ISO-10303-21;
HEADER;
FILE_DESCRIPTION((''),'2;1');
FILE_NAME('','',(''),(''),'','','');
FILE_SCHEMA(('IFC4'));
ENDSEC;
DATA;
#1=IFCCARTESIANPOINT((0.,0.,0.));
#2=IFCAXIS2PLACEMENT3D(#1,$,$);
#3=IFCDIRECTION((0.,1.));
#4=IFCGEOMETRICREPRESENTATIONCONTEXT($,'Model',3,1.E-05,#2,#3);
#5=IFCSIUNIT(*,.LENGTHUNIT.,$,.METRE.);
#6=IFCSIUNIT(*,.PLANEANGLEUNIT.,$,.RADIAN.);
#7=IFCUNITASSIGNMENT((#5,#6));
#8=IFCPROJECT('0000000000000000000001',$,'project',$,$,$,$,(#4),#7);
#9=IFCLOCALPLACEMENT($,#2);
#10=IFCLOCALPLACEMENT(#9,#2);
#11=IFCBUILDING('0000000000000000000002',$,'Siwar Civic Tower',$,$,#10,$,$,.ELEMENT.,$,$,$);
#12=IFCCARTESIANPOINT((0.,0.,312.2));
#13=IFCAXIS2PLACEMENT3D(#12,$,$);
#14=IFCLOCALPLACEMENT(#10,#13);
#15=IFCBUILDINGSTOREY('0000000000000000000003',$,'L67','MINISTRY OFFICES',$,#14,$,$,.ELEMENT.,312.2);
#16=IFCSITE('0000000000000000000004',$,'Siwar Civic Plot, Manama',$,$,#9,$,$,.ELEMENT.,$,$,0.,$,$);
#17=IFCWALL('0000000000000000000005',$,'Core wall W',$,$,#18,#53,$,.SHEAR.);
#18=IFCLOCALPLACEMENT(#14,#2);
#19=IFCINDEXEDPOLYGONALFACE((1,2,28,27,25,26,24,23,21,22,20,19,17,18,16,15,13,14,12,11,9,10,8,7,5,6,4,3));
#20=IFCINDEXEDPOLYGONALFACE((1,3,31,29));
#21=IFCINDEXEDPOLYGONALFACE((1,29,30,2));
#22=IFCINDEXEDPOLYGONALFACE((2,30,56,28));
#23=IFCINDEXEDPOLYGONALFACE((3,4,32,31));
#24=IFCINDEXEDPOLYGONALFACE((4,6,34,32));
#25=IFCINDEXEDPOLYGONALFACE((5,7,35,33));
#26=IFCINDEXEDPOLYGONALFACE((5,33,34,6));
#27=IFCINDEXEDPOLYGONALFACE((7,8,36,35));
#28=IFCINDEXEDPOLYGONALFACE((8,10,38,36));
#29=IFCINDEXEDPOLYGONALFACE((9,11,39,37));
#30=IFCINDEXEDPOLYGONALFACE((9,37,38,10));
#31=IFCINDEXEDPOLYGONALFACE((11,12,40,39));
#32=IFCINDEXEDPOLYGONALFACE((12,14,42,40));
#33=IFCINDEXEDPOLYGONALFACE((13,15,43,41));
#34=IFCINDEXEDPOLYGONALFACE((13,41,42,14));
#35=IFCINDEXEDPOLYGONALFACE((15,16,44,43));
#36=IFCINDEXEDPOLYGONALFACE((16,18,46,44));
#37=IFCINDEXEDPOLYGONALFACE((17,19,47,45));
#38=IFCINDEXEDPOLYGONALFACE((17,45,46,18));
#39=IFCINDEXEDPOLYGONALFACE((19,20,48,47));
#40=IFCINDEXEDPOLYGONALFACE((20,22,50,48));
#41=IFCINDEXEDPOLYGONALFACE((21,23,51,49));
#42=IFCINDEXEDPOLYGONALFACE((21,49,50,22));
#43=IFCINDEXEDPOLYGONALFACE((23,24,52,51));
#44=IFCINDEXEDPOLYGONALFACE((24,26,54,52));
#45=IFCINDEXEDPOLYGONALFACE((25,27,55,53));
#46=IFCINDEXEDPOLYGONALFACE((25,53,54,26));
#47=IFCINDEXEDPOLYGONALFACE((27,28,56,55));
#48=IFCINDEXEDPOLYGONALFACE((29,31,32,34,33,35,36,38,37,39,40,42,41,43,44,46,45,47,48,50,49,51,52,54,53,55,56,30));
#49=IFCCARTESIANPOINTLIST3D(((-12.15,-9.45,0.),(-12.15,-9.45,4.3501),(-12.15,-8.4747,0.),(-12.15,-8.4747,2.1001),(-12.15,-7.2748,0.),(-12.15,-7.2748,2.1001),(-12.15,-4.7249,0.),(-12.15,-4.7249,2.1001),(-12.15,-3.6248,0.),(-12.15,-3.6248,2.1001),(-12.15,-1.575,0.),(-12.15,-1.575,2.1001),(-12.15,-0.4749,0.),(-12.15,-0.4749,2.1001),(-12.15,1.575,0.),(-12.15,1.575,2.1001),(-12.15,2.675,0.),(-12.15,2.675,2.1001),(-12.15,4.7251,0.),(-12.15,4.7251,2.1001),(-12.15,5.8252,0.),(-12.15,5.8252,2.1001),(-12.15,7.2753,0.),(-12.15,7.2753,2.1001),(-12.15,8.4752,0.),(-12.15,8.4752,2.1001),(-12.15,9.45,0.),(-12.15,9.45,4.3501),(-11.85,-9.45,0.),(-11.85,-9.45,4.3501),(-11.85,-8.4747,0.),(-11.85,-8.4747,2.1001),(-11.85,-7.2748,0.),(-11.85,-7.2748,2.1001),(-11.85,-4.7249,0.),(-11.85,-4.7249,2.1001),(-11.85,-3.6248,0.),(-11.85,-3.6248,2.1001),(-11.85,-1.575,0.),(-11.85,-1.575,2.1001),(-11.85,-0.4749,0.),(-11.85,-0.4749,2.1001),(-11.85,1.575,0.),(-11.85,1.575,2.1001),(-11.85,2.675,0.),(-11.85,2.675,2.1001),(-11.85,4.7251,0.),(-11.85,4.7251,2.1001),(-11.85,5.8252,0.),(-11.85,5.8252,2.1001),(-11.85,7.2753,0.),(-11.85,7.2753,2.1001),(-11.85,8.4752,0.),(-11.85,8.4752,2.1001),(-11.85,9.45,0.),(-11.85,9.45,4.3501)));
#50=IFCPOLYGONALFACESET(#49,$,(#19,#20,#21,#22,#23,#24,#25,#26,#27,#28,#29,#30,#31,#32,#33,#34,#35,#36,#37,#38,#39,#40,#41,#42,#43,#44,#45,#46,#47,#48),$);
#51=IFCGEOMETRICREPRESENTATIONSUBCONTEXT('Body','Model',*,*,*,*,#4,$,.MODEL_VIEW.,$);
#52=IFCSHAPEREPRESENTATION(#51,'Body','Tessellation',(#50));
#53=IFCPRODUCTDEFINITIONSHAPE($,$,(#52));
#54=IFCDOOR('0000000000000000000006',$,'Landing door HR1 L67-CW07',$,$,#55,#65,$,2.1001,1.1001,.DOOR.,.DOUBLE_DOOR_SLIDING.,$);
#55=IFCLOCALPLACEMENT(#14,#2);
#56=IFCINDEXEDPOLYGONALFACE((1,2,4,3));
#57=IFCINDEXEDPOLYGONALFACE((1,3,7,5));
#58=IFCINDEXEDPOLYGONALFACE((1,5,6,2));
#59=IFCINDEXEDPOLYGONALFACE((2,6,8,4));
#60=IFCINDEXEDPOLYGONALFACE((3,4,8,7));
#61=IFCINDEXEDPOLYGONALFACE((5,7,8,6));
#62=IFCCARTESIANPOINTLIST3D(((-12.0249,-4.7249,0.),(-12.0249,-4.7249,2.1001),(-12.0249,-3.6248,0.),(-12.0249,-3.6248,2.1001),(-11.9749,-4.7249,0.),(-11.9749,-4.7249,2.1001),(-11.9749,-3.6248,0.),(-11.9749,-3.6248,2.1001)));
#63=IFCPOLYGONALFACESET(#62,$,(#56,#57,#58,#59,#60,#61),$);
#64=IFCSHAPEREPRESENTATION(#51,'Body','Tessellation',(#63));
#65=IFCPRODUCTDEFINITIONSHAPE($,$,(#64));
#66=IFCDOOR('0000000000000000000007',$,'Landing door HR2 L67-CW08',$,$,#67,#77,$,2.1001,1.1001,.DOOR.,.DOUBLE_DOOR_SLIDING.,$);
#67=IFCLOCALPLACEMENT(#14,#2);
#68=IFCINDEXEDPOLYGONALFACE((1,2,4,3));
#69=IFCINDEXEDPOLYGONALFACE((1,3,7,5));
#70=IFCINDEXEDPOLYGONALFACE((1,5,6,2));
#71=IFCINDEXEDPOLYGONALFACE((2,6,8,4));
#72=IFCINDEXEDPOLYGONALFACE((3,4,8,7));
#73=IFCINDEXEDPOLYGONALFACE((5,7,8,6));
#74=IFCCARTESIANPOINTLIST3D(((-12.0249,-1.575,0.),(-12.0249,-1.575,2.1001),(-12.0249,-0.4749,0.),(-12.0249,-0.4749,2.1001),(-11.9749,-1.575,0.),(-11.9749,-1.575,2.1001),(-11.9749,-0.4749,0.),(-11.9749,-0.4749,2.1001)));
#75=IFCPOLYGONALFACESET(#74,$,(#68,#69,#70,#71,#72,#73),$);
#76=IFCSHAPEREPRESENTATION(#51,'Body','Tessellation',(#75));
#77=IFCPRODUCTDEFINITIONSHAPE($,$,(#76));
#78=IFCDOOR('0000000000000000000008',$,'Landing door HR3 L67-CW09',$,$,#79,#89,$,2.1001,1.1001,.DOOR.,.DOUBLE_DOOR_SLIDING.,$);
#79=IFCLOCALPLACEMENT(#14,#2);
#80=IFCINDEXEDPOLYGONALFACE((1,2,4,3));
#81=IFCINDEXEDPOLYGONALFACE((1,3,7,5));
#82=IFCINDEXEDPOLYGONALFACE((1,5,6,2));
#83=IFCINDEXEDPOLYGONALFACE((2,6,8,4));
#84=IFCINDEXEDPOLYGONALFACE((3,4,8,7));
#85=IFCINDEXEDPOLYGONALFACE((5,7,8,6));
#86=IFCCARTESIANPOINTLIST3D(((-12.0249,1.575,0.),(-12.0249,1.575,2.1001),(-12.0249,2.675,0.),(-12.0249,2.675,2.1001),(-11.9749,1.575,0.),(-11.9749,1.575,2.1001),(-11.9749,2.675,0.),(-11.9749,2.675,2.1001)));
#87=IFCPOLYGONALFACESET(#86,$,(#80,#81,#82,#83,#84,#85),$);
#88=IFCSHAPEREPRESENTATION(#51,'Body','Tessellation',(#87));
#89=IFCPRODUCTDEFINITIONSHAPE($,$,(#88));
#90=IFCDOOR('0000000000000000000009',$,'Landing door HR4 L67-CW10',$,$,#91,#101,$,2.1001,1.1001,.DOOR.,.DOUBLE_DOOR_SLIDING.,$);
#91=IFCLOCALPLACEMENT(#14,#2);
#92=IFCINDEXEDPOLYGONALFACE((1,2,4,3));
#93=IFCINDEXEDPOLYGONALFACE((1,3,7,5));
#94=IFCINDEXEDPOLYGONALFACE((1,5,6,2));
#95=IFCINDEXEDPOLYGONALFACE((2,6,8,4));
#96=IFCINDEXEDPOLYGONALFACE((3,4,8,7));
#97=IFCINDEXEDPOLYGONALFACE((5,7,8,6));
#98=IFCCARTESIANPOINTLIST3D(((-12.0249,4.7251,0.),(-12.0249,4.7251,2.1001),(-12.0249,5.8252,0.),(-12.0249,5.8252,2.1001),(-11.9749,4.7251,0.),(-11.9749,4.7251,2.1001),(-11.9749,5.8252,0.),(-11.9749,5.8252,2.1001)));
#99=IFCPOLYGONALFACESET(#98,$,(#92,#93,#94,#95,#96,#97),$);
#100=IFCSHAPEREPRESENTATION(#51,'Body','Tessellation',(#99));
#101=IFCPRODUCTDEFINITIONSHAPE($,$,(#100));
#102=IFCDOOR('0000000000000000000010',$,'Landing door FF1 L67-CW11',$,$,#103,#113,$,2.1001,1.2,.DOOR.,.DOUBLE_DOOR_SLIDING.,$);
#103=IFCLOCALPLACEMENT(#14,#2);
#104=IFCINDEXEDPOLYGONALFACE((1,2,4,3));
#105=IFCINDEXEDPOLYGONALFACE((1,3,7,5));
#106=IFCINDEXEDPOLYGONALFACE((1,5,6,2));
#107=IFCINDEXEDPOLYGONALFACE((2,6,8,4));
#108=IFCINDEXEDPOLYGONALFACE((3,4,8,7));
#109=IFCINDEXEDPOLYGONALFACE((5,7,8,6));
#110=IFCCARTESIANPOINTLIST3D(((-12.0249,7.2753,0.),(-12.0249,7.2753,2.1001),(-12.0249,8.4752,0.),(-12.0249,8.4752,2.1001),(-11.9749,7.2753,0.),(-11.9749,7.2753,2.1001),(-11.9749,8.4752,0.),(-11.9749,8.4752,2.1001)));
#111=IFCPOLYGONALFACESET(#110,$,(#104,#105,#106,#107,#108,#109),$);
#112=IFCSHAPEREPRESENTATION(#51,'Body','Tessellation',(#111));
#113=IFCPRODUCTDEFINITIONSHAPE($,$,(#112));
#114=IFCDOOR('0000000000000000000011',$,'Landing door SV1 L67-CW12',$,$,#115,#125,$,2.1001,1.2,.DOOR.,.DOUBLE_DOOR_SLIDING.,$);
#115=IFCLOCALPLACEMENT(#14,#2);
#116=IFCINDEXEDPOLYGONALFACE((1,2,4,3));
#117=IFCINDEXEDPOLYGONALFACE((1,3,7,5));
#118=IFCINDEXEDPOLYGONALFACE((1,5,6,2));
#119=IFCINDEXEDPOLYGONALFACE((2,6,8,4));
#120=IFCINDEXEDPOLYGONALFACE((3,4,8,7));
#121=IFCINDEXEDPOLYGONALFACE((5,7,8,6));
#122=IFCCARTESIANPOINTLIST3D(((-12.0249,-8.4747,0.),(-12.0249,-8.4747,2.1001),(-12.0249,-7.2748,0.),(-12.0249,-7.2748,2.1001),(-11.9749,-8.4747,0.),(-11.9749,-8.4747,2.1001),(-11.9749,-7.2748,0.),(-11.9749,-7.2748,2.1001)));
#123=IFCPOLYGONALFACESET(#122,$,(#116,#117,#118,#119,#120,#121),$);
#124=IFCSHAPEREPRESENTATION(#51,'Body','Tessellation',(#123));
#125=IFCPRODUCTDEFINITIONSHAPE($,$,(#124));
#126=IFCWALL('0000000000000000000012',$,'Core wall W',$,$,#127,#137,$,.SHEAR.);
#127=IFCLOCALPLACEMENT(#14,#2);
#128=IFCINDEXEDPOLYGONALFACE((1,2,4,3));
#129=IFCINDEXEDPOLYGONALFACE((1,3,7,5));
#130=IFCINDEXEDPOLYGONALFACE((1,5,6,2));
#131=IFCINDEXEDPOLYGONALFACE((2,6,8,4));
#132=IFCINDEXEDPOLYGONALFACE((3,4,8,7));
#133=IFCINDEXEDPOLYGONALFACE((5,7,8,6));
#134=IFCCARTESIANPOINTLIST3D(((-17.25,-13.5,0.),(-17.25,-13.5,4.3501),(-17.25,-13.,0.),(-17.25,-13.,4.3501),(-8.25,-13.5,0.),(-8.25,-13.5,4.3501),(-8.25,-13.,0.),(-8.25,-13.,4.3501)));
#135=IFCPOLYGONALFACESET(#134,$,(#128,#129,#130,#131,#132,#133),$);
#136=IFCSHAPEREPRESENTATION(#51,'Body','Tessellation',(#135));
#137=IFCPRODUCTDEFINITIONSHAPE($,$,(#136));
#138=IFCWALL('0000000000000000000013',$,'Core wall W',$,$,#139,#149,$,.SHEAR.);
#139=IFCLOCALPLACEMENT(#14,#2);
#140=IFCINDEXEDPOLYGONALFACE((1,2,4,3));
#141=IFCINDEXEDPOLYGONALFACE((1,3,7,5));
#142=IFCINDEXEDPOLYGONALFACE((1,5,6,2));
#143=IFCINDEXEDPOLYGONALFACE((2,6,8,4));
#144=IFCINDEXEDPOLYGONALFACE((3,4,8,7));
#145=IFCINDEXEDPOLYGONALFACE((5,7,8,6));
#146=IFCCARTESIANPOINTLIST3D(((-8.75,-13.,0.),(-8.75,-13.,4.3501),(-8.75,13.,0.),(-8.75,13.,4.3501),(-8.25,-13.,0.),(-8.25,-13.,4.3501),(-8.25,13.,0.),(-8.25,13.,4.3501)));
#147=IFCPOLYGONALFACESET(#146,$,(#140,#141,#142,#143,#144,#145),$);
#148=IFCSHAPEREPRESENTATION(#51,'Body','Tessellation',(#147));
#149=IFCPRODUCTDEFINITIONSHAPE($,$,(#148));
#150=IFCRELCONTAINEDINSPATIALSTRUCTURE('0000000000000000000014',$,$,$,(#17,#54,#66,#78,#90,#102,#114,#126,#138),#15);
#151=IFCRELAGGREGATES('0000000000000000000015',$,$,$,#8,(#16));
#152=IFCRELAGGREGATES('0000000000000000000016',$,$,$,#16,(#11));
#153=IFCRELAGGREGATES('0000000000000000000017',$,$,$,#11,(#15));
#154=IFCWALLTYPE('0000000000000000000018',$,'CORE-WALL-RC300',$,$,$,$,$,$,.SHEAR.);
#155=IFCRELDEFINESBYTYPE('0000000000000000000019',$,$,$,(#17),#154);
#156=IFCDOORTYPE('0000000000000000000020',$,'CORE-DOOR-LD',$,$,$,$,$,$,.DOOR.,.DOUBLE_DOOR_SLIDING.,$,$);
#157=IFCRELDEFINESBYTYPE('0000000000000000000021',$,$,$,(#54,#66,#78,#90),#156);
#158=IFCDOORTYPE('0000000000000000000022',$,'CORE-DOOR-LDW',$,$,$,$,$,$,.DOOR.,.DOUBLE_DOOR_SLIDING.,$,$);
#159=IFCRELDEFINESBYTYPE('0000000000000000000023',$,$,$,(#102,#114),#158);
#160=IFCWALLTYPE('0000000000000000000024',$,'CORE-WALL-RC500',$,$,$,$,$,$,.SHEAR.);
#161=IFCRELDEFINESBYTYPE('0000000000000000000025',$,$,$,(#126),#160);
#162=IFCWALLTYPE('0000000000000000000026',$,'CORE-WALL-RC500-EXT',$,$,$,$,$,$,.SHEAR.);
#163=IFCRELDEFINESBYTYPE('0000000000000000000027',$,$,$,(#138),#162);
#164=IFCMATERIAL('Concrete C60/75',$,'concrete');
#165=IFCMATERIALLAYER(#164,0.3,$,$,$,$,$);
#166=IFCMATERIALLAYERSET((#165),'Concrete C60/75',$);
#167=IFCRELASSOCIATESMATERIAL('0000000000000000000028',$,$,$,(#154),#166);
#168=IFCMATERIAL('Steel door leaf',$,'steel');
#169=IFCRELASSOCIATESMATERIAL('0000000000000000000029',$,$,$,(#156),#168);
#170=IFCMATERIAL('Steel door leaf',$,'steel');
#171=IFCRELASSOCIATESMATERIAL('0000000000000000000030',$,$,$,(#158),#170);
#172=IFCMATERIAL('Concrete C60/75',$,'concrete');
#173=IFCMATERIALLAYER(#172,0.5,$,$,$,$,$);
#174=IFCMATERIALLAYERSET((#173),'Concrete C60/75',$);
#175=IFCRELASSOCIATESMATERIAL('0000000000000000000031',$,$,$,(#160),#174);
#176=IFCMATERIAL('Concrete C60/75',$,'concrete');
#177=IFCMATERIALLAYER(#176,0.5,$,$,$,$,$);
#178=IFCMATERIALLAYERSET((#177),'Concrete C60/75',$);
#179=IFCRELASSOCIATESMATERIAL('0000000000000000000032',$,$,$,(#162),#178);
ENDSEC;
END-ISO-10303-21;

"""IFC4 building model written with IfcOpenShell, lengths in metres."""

from ifc_helpers import new_model, si_unit, direction, frame, frame_2d, origin, place, context, subcontext, project, spatial, rectangle, extrude, material, layer, layer_set, type_object, element, fill, save


model = new_model("IFC4")

# Units and contexts
model_context = context("Model", 3, precision=1e-05, world=origin(), true_north=direction((0.0, 1.0)))
body_context = subcontext(model_context, "Body", "Model", "MODEL_VIEW")
ifc_project = project(units=[si_unit("LENGTHUNIT", "METRE"), si_unit("PLANEANGLEUNIT", "RADIAN")], contexts=[model_context])

# Site, building, storey
site_placement = place(None, origin())
site = spatial("IfcSite", under=ifc_project, at=site_placement, Name="Siwar Civic Plot, Manama", CompositionType="ELEMENT", RefElevation=0.0)
building_placement = place(site_placement, origin())
building = spatial("IfcBuilding", under=site, at=building_placement, Name="Siwar Civic Tower", CompositionType="ELEMENT")
storey_placement = place(building_placement, frame((0.0, 0.0, 312.2)))
storey = spatial("IfcBuildingStorey", under=building, at=storey_placement, Name="L67", Description="MINISTRY OFFICES", CompositionType="ELEMENT", Elevation=312.2)

# Wall, openings, doors
ifc_material_1 = material(Name="Concrete C60/75", Category="concrete")
ifc_layer_1 = layer(ifc_material_1, 0.3)
ifc_layer_set_1 = layer_set([ifc_layer_1], Name="Concrete C60/75")
wall_type_1 = type_object("IfcWallType", Name="CORE-WALL-RC300", PredefinedType="SHEAR", material=ifc_layer_set_1)
wall_1_placement = place(storey_placement, frame((-12.0, -9.45, 0.0), z_axis=(0.0, 0.0, 1.0), x_axis=(0.0, 1.0, 0.0)))
wall_1 = element("IfcWall", 1, at=wall_1_placement, inside=storey, type_object=wall_type_1, Name="Core wall W", PredefinedType="SHEAR", context=body_context, shape_type="SweptSolid", body=[
    extrude(rectangle(XDim=18.8999, YDim=0.3, at=frame_2d((9.45, 0.0))), origin(), (0.0, 0.0, 1.0), 4.3501),
])
opening_1_placement = place(wall_1_placement, frame((4.7251, 0.0, 0.0)))
opening_1 = element("IfcOpeningElement", 2, at=opening_1_placement, cuts=wall_1, PredefinedType="OPENING", context=body_context, shape_type="SweptSolid", body=[
    extrude(rectangle(XDim=1.1001, YDim=2.1001, at=frame_2d((0.55, 1.05))), frame((0.0, 0.1602, 0.0), z_axis=(0.0, -1.0, 0.0), x_axis=(1.0, 0.0, 0.0)), (0.0, 0.0, 1.0), 0.3201),
])
opening_2_placement = place(wall_1_placement, frame((7.875, 0.0, 0.0)))
opening_2 = element("IfcOpeningElement", 3, at=opening_2_placement, cuts=wall_1, PredefinedType="OPENING", context=body_context, shape_type="SweptSolid", body=[
    extrude(rectangle(XDim=1.1001, YDim=2.1001, at=frame_2d((0.55, 1.05))), frame((0.0, 0.1602, 0.0), z_axis=(0.0, -1.0, 0.0), x_axis=(1.0, 0.0, 0.0)), (0.0, 0.0, 1.0), 0.3201),
])
opening_3_placement = place(wall_1_placement, frame((11.0249, 0.0, 0.0)))
opening_3 = element("IfcOpeningElement", 4, at=opening_3_placement, cuts=wall_1, PredefinedType="OPENING", context=body_context, shape_type="SweptSolid", body=[
    extrude(rectangle(XDim=1.1001, YDim=2.1001, at=frame_2d((0.55, 1.05))), frame((0.0, 0.1602, 0.0), z_axis=(0.0, -1.0, 0.0), x_axis=(1.0, 0.0, 0.0)), (0.0, 0.0, 1.0), 0.3201),
])
opening_4_placement = place(wall_1_placement, frame((14.175, 0.0, 0.0)))
opening_4 = element("IfcOpeningElement", 5, at=opening_4_placement, cuts=wall_1, PredefinedType="OPENING", context=body_context, shape_type="SweptSolid", body=[
    extrude(rectangle(XDim=1.1001, YDim=2.1001, at=frame_2d((0.55, 1.05))), frame((0.0, 0.1602, 0.0), z_axis=(0.0, -1.0, 0.0), x_axis=(1.0, 0.0, 0.0)), (0.0, 0.0, 1.0), 0.3201),
])
opening_5_placement = place(wall_1_placement, frame((16.7251, 0.0, 0.0)))
opening_5 = element("IfcOpeningElement", 6, at=opening_5_placement, cuts=wall_1, PredefinedType="OPENING", context=body_context, shape_type="SweptSolid", body=[
    extrude(rectangle(XDim=1.2, YDim=2.1001, at=frame_2d((0.6001, 1.05))), frame((0.0, 0.1602, 0.0), z_axis=(0.0, -1.0, 0.0), x_axis=(1.0, 0.0, 0.0)), (0.0, 0.0, 1.0), 0.3201),
])
opening_6_placement = place(wall_1_placement, frame((0.9751, 0.0, 0.0)))
opening_6 = element("IfcOpeningElement", 7, at=opening_6_placement, cuts=wall_1, PredefinedType="OPENING", context=body_context, shape_type="SweptSolid", body=[
    extrude(rectangle(XDim=1.2, YDim=2.1001, at=frame_2d((0.6001, 1.05))), frame((0.0, 0.1602, 0.0), z_axis=(0.0, -1.0, 0.0), x_axis=(1.0, 0.0, 0.0)), (0.0, 0.0, 1.0), 0.3201),
])
ifc_material_2 = material(Name="Steel door leaf", Category="steel")
door_type_1 = type_object("IfcDoorType", Name="CORE-DOOR-LD", OperationType="DOUBLE_DOOR_SLIDING", PredefinedType="DOOR", material=ifc_material_2)
door_1_placement = place(opening_1_placement, origin())
door_1 = element("IfcDoor", 8, at=door_1_placement, inside=storey, type_object=door_type_1, Name="Landing door HR1 L67-CW07", OperationType="DOUBLE_DOOR_SLIDING", OverallHeight=2.1001, OverallWidth=1.1001, PredefinedType="DOOR", context=body_context, shape_type="SweptSolid", body=[
    extrude(rectangle(XDim=1.1001, YDim=2.1001, at=frame_2d((0.55, 1.05))), frame((0.0, 0.0249, 0.0), z_axis=(0.0, -1.0, 0.0), x_axis=(1.0, 0.0, 0.0)), (0.0, 0.0, 1.0), 0.05),
])
fill(opening_1, door_1)
door_2_placement = place(opening_2_placement, origin())
door_2 = element("IfcDoor", 9, at=door_2_placement, inside=storey, type_object=door_type_1, Name="Landing door HR2 L67-CW08", OperationType="DOUBLE_DOOR_SLIDING", OverallHeight=2.1001, OverallWidth=1.1001, PredefinedType="DOOR", context=body_context, shape_type="SweptSolid", body=[
    extrude(rectangle(XDim=1.1001, YDim=2.1001, at=frame_2d((0.55, 1.05))), frame((0.0, 0.0249, 0.0), z_axis=(0.0, -1.0, 0.0), x_axis=(1.0, 0.0, 0.0)), (0.0, 0.0, 1.0), 0.05),
])
fill(opening_2, door_2)
door_3_placement = place(opening_3_placement, origin())
door_3 = element("IfcDoor", 10, at=door_3_placement, inside=storey, type_object=door_type_1, Name="Landing door HR3 L67-CW09", OperationType="DOUBLE_DOOR_SLIDING", OverallHeight=2.1001, OverallWidth=1.1001, PredefinedType="DOOR", context=body_context, shape_type="SweptSolid", body=[
    extrude(rectangle(XDim=1.1001, YDim=2.1001, at=frame_2d((0.55, 1.05))), frame((0.0, 0.0249, 0.0), z_axis=(0.0, -1.0, 0.0), x_axis=(1.0, 0.0, 0.0)), (0.0, 0.0, 1.0), 0.05),
])
fill(opening_3, door_3)
door_4_placement = place(opening_4_placement, origin())
door_4 = element("IfcDoor", 11, at=door_4_placement, inside=storey, type_object=door_type_1, Name="Landing door HR4 L67-CW10", OperationType="DOUBLE_DOOR_SLIDING", OverallHeight=2.1001, OverallWidth=1.1001, PredefinedType="DOOR", context=body_context, shape_type="SweptSolid", body=[
    extrude(rectangle(XDim=1.1001, YDim=2.1001, at=frame_2d((0.55, 1.05))), frame((0.0, 0.0249, 0.0), z_axis=(0.0, -1.0, 0.0), x_axis=(1.0, 0.0, 0.0)), (0.0, 0.0, 1.0), 0.05),
])
fill(opening_4, door_4)
ifc_material_3 = material(Name="Steel door leaf", Category="steel")
door_type_2 = type_object("IfcDoorType", Name="CORE-DOOR-LDW", OperationType="DOUBLE_DOOR_SLIDING", PredefinedType="DOOR", material=ifc_material_3)
door_5_placement = place(opening_5_placement, origin())
door_5 = element("IfcDoor", 12, at=door_5_placement, inside=storey, type_object=door_type_2, Name="Landing door FF1 L67-CW11", OperationType="DOUBLE_DOOR_SLIDING", OverallHeight=2.1001, OverallWidth=1.2, PredefinedType="DOOR", context=body_context, shape_type="SweptSolid", body=[
    extrude(rectangle(XDim=1.2, YDim=2.1001, at=frame_2d((0.6001, 1.05))), frame((0.0, 0.0249, 0.0), z_axis=(0.0, -1.0, 0.0), x_axis=(1.0, 0.0, 0.0)), (0.0, 0.0, 1.0), 0.05),
])
fill(opening_5, door_5)
door_6_placement = place(opening_6_placement, origin())
door_6 = element("IfcDoor", 13, at=door_6_placement, inside=storey, type_object=door_type_2, Name="Landing door SV1 L67-CW12", OperationType="DOUBLE_DOOR_SLIDING", OverallHeight=2.1001, OverallWidth=1.2, PredefinedType="DOOR", context=body_context, shape_type="SweptSolid", body=[
    extrude(rectangle(XDim=1.2, YDim=2.1001, at=frame_2d((0.6001, 1.05))), frame((0.0, 0.0249, 0.0), z_axis=(0.0, -1.0, 0.0), x_axis=(1.0, 0.0, 0.0)), (0.0, 0.0, 1.0), 0.05),
])
fill(opening_6, door_6)

# Walls
ifc_material_4 = material(Name="Concrete C60/75", Category="concrete")
ifc_layer_2 = layer(ifc_material_4, 0.5)
ifc_layer_set_2 = layer_set([ifc_layer_2], Name="Concrete C60/75")
wall_type_2 = type_object("IfcWallType", Name="CORE-WALL-RC500", PredefinedType="SHEAR", material=ifc_layer_set_2)
wall_2_placement = place(storey_placement, frame((-8.25, -13.25, 0.0), z_axis=(0.0, 0.0, 1.0), x_axis=(-1.0, 0.0, 0.0)))
element("IfcWall", 14, at=wall_2_placement, inside=storey, type_object=wall_type_2, Name="Core wall W", PredefinedType="SHEAR", context=body_context, shape_type="SweptSolid", body=[
    extrude(rectangle(XDim=9.0, YDim=0.5, at=frame_2d((4.5, 0.0))), origin(), (0.0, 0.0, 1.0), 4.3501),
])
ifc_material_5 = material(Name="Concrete C60/75", Category="concrete")
ifc_layer_3 = layer(ifc_material_5, 0.5)
ifc_layer_set_3 = layer_set([ifc_layer_3], Name="Concrete C60/75")
wall_type_3 = type_object("IfcWallType", Name="CORE-WALL-RC500-EXT", PredefinedType="SHEAR", material=ifc_layer_set_3)
wall_3_placement = place(storey_placement, frame((-8.5, -13.0, 0.0), z_axis=(0.0, 0.0, 1.0), x_axis=(0.0, 1.0, 0.0)))
element("IfcWall", 15, at=wall_3_placement, inside=storey, type_object=wall_type_3, Name="Core wall W", PredefinedType="SHEAR", context=body_context, shape_type="SweptSolid", body=[
    extrude(rectangle(XDim=26.0, YDim=0.5, at=frame_2d((13.0, 0.0))), origin(), (0.0, 0.0, 1.0), 4.3501),
])

save(model, "model.ifc")
